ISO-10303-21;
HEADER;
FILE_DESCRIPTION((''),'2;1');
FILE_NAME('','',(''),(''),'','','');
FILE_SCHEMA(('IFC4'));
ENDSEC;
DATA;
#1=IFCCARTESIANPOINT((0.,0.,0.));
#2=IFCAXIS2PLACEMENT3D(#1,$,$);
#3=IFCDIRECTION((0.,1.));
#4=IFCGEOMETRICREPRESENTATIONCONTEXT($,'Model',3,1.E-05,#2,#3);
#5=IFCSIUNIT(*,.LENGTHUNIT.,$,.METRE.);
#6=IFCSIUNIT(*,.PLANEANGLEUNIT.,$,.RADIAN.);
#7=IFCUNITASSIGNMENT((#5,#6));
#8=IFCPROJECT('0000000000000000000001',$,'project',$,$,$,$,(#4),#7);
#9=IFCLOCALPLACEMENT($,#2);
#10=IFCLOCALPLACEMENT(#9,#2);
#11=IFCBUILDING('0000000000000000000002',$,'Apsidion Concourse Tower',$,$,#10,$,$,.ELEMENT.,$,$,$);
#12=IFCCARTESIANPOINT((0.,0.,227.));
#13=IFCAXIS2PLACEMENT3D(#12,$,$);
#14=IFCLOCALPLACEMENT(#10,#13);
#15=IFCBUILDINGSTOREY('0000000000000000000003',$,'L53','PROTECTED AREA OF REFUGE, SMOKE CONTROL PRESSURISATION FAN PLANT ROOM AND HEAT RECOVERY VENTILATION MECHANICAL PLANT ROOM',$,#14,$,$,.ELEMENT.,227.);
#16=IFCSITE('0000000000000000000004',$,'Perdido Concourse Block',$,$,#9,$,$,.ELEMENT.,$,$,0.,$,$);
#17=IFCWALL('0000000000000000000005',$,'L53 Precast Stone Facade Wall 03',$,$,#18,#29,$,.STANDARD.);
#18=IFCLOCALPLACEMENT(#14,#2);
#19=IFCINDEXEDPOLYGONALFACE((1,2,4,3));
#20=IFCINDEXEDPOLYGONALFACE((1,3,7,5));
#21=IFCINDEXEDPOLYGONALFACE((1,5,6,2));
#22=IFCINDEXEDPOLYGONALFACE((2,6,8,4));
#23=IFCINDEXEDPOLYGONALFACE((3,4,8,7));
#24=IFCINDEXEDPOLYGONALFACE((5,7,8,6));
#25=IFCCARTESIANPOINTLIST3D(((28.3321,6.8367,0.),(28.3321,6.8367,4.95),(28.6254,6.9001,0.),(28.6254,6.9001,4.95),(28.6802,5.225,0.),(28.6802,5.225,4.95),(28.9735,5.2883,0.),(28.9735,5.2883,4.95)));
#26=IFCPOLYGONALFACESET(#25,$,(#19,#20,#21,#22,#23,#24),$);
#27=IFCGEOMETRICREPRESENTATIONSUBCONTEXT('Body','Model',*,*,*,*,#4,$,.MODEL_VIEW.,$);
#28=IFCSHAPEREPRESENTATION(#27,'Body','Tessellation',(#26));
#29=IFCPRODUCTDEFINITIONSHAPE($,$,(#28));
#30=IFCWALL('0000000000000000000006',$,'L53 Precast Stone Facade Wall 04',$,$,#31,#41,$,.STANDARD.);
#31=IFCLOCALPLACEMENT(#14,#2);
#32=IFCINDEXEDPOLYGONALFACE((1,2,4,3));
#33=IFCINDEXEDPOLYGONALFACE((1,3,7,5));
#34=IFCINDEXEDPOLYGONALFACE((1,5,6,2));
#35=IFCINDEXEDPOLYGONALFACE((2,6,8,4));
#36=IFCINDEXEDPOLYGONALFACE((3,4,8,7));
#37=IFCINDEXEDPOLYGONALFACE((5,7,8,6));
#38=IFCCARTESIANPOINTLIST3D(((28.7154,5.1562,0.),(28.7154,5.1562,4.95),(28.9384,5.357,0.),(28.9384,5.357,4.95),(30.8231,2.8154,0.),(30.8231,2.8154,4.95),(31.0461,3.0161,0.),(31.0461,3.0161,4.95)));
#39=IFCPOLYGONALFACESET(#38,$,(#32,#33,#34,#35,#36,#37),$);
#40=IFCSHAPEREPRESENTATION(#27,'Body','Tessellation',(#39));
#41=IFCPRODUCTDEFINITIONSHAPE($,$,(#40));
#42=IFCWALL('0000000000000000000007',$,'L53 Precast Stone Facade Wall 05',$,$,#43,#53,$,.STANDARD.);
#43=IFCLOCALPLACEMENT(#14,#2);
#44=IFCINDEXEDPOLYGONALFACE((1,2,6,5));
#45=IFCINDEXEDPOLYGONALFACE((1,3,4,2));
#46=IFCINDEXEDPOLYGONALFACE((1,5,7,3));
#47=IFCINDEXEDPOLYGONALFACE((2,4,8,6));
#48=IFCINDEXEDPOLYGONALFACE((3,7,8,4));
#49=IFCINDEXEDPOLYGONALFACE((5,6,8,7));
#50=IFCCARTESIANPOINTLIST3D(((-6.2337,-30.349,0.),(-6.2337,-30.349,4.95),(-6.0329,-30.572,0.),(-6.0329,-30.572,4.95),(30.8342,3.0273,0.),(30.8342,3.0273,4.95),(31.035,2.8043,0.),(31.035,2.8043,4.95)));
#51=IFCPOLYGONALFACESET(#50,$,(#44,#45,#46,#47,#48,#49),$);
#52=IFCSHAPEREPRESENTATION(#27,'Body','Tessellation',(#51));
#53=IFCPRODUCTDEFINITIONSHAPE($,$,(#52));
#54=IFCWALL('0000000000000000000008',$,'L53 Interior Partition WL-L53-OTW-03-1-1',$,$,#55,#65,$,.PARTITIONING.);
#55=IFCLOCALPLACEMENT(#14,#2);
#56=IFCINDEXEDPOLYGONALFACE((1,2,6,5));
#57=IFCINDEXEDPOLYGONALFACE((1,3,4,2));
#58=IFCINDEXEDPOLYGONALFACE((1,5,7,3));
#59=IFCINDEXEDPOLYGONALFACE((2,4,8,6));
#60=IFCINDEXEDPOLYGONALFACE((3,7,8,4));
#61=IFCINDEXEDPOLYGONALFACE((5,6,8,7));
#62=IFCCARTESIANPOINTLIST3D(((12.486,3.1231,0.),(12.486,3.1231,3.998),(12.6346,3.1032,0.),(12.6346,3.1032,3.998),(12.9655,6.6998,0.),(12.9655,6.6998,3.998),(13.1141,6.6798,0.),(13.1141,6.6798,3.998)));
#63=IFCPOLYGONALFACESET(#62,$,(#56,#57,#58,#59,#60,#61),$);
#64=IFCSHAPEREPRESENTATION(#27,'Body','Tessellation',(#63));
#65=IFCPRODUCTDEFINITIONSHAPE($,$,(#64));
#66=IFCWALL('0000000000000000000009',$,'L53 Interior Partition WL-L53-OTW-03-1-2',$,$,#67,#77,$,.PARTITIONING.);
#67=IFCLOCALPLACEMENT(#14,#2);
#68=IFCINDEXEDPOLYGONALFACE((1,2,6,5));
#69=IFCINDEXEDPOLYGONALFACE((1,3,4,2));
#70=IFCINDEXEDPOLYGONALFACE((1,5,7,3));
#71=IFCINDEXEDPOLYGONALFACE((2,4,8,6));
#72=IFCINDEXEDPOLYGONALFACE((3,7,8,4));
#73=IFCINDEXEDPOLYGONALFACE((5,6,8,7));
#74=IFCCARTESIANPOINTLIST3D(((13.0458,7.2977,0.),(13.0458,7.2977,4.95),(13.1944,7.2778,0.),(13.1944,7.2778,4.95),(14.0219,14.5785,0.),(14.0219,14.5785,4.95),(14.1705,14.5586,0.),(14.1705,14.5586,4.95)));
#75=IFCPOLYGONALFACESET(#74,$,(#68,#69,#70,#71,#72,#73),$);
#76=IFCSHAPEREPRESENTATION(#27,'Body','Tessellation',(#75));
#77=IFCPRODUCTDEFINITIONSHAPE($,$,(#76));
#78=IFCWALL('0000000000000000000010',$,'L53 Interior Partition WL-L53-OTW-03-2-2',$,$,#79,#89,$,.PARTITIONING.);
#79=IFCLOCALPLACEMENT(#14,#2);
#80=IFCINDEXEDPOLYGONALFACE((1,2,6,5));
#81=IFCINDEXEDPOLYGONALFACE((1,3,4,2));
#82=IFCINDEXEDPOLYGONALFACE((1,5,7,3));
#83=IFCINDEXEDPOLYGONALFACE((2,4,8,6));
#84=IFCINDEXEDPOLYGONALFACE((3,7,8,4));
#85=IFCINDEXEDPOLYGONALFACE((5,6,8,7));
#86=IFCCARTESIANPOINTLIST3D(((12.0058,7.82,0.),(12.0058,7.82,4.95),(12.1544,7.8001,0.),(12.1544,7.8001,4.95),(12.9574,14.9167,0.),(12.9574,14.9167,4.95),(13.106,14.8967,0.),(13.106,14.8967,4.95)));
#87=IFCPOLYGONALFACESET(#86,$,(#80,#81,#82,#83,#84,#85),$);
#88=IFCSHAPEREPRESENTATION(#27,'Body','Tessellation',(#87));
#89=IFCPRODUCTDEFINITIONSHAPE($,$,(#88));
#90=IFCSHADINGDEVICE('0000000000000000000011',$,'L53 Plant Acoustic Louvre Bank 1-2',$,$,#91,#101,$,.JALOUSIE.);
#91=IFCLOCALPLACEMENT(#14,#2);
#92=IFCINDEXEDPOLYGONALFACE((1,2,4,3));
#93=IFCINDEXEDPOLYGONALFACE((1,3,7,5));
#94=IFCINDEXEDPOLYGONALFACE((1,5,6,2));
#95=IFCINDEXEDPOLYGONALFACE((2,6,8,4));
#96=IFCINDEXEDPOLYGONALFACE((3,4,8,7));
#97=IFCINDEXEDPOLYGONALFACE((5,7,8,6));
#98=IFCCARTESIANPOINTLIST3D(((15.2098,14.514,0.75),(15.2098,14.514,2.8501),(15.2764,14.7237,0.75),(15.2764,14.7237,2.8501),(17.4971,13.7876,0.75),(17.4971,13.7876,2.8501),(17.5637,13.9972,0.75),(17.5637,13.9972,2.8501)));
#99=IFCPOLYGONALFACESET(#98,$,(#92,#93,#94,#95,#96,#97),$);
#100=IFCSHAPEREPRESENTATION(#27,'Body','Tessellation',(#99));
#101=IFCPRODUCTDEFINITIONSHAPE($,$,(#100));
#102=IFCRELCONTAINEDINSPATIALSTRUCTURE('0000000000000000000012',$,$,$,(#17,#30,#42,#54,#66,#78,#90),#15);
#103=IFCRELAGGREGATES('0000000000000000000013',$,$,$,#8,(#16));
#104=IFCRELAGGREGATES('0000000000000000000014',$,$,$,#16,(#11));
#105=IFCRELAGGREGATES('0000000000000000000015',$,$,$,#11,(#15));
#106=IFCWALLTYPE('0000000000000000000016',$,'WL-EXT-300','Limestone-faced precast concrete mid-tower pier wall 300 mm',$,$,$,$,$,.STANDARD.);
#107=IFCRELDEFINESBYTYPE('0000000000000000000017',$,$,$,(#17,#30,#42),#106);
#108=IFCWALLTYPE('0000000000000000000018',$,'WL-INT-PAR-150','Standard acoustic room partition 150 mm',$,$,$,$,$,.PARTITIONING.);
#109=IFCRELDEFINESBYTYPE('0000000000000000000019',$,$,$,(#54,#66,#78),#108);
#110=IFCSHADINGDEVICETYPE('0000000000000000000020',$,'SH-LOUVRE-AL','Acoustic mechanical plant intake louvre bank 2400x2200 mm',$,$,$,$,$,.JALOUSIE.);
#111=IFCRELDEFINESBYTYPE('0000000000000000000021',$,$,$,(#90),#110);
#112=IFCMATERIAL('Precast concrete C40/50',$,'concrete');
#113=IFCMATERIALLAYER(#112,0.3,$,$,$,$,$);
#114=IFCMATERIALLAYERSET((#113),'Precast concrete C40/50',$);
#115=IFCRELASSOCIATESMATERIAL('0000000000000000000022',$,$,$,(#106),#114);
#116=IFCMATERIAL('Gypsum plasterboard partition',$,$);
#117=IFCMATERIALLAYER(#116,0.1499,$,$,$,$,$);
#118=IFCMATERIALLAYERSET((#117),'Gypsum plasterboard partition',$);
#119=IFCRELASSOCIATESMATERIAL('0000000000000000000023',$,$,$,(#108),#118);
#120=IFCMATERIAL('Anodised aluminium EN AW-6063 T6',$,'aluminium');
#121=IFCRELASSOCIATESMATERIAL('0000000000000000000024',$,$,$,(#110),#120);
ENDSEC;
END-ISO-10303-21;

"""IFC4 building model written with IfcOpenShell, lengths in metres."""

from ifc_helpers import new_model, si_unit, direction, frame, frame_2d, origin, origin_2d, place, context, subcontext, project, spatial, rectangle, extrude, material, layer, layer_set, type_object, element, save


model = new_model("IFC4")

# Units and contexts
model_context = context("Model", 3, precision=1e-05, world=origin(), true_north=direction((0.0, 1.0)))
body_context = subcontext(model_context, "Body", "Model", "MODEL_VIEW")
ifc_project = project(units=[si_unit("LENGTHUNIT", "METRE"), si_unit("PLANEANGLEUNIT", "RADIAN")], contexts=[model_context])

# Site, building, storey
site_placement = place(None, origin())
site = spatial("IfcSite", under=ifc_project, at=site_placement, Name="Perdido Concourse Block", CompositionType="ELEMENT", RefElevation=0.0)
building_placement = place(site_placement, origin())
building = spatial("IfcBuilding", under=site, at=building_placement, Name="Apsidion Concourse Tower", CompositionType="ELEMENT")
storey_placement = place(building_placement, frame((0.0, 0.0, 227.0)))
storey = spatial("IfcBuildingStorey", under=building, at=storey_placement, Name="L53", Description="PROTECTED AREA OF REFUGE, SMOKE CONTROL PRESSURISATION FAN PLANT ROOM AND HEAT RECOVERY VENTILATION MECHANICAL PLANT ROOM", CompositionType="ELEMENT", Elevation=227.0)

# Walls
ifc_material_1 = material(Name="Precast concrete C40/50", Category="concrete")
ifc_layer_1 = layer(ifc_material_1, 0.3)
ifc_layer_set_1 = layer_set([ifc_layer_1], Name="Precast concrete C40/50")
wall_type_1 = type_object("IfcWallType", Name="WL-EXT-300", Description="Limestone-faced precast concrete mid-tower pier wall 300 mm", PredefinedType="STANDARD", material=ifc_layer_set_1)
wall_1_placement = place(storey_placement, frame((28.4788, 6.8684, 0.0), z_axis=(0.0, 0.0, 1.0), x_axis=(0.211126, -0.977459, 0.0)))
element("IfcWall", 1, at=wall_1_placement, inside=storey, type_object=wall_type_1, Name="L53 Precast Stone Facade Wall 03", PredefinedType="STANDARD", context=body_context, shape_type="SweptSolid", body=[
    extrude(rectangle(XDim=1.6489, YDim=0.3, at=frame_2d((0.8245, 0.0))), origin(), (0.0, 0.0, 1.0), 4.95),
])
wall_2_placement = place(storey_placement, frame((28.8269, 5.2566, 0.0), z_axis=(0.0, 0.0, 1.0), x_axis=(0.669127, -0.743148, 0.0)))
element("IfcWall", 2, at=wall_2_placement, inside=storey, type_object=wall_type_1, Name="L53 Precast Stone Facade Wall 04", PredefinedType="STANDARD", context=body_context, shape_type="SweptSolid", body=[
    extrude(rectangle(XDim=3.1499, YDim=0.3, at=frame_2d((1.575, 0.0))), origin(), (0.0, 0.0, 1.0), 4.95),
])
wall_3_placement = place(storey_placement, frame((30.9346, 2.9158, 0.0), z_axis=(0.0, 0.0, 1.0), x_axis=(-0.743143, -0.669132, 0.0)))
element("IfcWall", 3, at=wall_3_placement, inside=storey, type_object=wall_type_1, Name="L53 Precast Stone Facade Wall 05", PredefinedType="STANDARD", context=body_context, shape_type="SweptSolid", body=[
    extrude(rectangle(XDim=49.8799, YDim=0.3, at=frame_2d((24.9399, 0.0))), origin(), (0.0, 0.0, 1.0), 4.95),
])
ifc_material_2 = material(Name="Gypsum plasterboard partition")
ifc_layer_2 = layer(ifc_material_2, 0.1499)
ifc_layer_set_2 = layer_set([ifc_layer_2], Name="Gypsum plasterboard partition")
wall_type_2 = type_object("IfcWallType", Name="WL-INT-PAR-150", Description="Standard acoustic room partition 150 mm", PredefinedType="PARTITIONING", material=ifc_layer_set_2)
wall_4_placement = place(storey_placement, frame((12.5603, 3.1133, 0.0), z_axis=(0.0, 0.0, 1.0), x_axis=(0.132873, 0.991133, 0.0)))
element("IfcWall", 4, at=wall_4_placement, inside=storey, type_object=wall_type_2, Name="L53 Interior Partition WL-L53-OTW-03-1-1", PredefinedType="PARTITIONING", context=body_context, shape_type="SweptSolid", body=[
    extrude(rectangle(XDim=3.6086, YDim=0.1499, at=frame_2d((1.8042, 0.0))), origin(), (0.0, 0.0, 1.0), 3.998),
])
wall_5_placement = place(storey_placement, frame((13.1201, 7.2878, 0.0), z_axis=(0.0, 0.0, 1.0), x_axis=(0.132873, 0.991133, 0.0)))
element("IfcWall", 5, at=wall_5_placement, inside=storey, type_object=wall_type_2, Name="L53 Interior Partition WL-L53-OTW-03-1-2", PredefinedType="PARTITIONING", context=body_context, shape_type="SweptSolid", body=[
    extrude(rectangle(XDim=7.3459, YDim=0.1499, at=frame_2d((3.6729, 0.0))), origin(), (0.0, 0.0, 1.0), 4.95),
])
wall_6_placement = place(storey_placement, frame((12.0801, 7.8101, 0.0), z_axis=(0.0, 0.0, 1.0), x_axis=(0.13291, 0.991128, 0.0)))
element("IfcWall", 6, at=wall_6_placement, inside=storey, type_object=wall_type_2, Name="L53 Interior Partition WL-L53-OTW-03-2-2", PredefinedType="PARTITIONING", context=body_context, shape_type="SweptSolid", body=[
    extrude(rectangle(XDim=7.1602, YDim=0.1499, at=frame_2d((3.5801, 0.0))), origin(), (0.0, 0.0, 1.0), 4.95),
])

# Shading device
ifc_material_3 = material(Name="Anodised aluminium EN AW-6063 T6", Category="aluminium")
shading_device_type = type_object("IfcShadingDeviceType", Name="SH-LOUVRE-AL", Description="Acoustic mechanical plant intake louvre bank 2400x2200 mm", PredefinedType="JALOUSIE", material=ifc_material_3)
shading_device_placement = place(storey_placement, frame((16.3867, 14.2556, 0.75), z_axis=(0.0, 0.0, 1.0), x_axis=(0.953085, -0.302703, 0.0)))
element("IfcShadingDevice", 7, at=shading_device_placement, inside=storey, type_object=shading_device_type, Name="L53 Plant Acoustic Louvre Bank 1-2", PredefinedType="JALOUSIE", context=body_context, shape_type="SweptSolid", body=[
    extrude(rectangle(XDim=2.3999, YDim=0.22, at=origin_2d()), origin(), (0.0, 0.0, 1.0), 2.1001),
])

save(model, "model.ifc")
